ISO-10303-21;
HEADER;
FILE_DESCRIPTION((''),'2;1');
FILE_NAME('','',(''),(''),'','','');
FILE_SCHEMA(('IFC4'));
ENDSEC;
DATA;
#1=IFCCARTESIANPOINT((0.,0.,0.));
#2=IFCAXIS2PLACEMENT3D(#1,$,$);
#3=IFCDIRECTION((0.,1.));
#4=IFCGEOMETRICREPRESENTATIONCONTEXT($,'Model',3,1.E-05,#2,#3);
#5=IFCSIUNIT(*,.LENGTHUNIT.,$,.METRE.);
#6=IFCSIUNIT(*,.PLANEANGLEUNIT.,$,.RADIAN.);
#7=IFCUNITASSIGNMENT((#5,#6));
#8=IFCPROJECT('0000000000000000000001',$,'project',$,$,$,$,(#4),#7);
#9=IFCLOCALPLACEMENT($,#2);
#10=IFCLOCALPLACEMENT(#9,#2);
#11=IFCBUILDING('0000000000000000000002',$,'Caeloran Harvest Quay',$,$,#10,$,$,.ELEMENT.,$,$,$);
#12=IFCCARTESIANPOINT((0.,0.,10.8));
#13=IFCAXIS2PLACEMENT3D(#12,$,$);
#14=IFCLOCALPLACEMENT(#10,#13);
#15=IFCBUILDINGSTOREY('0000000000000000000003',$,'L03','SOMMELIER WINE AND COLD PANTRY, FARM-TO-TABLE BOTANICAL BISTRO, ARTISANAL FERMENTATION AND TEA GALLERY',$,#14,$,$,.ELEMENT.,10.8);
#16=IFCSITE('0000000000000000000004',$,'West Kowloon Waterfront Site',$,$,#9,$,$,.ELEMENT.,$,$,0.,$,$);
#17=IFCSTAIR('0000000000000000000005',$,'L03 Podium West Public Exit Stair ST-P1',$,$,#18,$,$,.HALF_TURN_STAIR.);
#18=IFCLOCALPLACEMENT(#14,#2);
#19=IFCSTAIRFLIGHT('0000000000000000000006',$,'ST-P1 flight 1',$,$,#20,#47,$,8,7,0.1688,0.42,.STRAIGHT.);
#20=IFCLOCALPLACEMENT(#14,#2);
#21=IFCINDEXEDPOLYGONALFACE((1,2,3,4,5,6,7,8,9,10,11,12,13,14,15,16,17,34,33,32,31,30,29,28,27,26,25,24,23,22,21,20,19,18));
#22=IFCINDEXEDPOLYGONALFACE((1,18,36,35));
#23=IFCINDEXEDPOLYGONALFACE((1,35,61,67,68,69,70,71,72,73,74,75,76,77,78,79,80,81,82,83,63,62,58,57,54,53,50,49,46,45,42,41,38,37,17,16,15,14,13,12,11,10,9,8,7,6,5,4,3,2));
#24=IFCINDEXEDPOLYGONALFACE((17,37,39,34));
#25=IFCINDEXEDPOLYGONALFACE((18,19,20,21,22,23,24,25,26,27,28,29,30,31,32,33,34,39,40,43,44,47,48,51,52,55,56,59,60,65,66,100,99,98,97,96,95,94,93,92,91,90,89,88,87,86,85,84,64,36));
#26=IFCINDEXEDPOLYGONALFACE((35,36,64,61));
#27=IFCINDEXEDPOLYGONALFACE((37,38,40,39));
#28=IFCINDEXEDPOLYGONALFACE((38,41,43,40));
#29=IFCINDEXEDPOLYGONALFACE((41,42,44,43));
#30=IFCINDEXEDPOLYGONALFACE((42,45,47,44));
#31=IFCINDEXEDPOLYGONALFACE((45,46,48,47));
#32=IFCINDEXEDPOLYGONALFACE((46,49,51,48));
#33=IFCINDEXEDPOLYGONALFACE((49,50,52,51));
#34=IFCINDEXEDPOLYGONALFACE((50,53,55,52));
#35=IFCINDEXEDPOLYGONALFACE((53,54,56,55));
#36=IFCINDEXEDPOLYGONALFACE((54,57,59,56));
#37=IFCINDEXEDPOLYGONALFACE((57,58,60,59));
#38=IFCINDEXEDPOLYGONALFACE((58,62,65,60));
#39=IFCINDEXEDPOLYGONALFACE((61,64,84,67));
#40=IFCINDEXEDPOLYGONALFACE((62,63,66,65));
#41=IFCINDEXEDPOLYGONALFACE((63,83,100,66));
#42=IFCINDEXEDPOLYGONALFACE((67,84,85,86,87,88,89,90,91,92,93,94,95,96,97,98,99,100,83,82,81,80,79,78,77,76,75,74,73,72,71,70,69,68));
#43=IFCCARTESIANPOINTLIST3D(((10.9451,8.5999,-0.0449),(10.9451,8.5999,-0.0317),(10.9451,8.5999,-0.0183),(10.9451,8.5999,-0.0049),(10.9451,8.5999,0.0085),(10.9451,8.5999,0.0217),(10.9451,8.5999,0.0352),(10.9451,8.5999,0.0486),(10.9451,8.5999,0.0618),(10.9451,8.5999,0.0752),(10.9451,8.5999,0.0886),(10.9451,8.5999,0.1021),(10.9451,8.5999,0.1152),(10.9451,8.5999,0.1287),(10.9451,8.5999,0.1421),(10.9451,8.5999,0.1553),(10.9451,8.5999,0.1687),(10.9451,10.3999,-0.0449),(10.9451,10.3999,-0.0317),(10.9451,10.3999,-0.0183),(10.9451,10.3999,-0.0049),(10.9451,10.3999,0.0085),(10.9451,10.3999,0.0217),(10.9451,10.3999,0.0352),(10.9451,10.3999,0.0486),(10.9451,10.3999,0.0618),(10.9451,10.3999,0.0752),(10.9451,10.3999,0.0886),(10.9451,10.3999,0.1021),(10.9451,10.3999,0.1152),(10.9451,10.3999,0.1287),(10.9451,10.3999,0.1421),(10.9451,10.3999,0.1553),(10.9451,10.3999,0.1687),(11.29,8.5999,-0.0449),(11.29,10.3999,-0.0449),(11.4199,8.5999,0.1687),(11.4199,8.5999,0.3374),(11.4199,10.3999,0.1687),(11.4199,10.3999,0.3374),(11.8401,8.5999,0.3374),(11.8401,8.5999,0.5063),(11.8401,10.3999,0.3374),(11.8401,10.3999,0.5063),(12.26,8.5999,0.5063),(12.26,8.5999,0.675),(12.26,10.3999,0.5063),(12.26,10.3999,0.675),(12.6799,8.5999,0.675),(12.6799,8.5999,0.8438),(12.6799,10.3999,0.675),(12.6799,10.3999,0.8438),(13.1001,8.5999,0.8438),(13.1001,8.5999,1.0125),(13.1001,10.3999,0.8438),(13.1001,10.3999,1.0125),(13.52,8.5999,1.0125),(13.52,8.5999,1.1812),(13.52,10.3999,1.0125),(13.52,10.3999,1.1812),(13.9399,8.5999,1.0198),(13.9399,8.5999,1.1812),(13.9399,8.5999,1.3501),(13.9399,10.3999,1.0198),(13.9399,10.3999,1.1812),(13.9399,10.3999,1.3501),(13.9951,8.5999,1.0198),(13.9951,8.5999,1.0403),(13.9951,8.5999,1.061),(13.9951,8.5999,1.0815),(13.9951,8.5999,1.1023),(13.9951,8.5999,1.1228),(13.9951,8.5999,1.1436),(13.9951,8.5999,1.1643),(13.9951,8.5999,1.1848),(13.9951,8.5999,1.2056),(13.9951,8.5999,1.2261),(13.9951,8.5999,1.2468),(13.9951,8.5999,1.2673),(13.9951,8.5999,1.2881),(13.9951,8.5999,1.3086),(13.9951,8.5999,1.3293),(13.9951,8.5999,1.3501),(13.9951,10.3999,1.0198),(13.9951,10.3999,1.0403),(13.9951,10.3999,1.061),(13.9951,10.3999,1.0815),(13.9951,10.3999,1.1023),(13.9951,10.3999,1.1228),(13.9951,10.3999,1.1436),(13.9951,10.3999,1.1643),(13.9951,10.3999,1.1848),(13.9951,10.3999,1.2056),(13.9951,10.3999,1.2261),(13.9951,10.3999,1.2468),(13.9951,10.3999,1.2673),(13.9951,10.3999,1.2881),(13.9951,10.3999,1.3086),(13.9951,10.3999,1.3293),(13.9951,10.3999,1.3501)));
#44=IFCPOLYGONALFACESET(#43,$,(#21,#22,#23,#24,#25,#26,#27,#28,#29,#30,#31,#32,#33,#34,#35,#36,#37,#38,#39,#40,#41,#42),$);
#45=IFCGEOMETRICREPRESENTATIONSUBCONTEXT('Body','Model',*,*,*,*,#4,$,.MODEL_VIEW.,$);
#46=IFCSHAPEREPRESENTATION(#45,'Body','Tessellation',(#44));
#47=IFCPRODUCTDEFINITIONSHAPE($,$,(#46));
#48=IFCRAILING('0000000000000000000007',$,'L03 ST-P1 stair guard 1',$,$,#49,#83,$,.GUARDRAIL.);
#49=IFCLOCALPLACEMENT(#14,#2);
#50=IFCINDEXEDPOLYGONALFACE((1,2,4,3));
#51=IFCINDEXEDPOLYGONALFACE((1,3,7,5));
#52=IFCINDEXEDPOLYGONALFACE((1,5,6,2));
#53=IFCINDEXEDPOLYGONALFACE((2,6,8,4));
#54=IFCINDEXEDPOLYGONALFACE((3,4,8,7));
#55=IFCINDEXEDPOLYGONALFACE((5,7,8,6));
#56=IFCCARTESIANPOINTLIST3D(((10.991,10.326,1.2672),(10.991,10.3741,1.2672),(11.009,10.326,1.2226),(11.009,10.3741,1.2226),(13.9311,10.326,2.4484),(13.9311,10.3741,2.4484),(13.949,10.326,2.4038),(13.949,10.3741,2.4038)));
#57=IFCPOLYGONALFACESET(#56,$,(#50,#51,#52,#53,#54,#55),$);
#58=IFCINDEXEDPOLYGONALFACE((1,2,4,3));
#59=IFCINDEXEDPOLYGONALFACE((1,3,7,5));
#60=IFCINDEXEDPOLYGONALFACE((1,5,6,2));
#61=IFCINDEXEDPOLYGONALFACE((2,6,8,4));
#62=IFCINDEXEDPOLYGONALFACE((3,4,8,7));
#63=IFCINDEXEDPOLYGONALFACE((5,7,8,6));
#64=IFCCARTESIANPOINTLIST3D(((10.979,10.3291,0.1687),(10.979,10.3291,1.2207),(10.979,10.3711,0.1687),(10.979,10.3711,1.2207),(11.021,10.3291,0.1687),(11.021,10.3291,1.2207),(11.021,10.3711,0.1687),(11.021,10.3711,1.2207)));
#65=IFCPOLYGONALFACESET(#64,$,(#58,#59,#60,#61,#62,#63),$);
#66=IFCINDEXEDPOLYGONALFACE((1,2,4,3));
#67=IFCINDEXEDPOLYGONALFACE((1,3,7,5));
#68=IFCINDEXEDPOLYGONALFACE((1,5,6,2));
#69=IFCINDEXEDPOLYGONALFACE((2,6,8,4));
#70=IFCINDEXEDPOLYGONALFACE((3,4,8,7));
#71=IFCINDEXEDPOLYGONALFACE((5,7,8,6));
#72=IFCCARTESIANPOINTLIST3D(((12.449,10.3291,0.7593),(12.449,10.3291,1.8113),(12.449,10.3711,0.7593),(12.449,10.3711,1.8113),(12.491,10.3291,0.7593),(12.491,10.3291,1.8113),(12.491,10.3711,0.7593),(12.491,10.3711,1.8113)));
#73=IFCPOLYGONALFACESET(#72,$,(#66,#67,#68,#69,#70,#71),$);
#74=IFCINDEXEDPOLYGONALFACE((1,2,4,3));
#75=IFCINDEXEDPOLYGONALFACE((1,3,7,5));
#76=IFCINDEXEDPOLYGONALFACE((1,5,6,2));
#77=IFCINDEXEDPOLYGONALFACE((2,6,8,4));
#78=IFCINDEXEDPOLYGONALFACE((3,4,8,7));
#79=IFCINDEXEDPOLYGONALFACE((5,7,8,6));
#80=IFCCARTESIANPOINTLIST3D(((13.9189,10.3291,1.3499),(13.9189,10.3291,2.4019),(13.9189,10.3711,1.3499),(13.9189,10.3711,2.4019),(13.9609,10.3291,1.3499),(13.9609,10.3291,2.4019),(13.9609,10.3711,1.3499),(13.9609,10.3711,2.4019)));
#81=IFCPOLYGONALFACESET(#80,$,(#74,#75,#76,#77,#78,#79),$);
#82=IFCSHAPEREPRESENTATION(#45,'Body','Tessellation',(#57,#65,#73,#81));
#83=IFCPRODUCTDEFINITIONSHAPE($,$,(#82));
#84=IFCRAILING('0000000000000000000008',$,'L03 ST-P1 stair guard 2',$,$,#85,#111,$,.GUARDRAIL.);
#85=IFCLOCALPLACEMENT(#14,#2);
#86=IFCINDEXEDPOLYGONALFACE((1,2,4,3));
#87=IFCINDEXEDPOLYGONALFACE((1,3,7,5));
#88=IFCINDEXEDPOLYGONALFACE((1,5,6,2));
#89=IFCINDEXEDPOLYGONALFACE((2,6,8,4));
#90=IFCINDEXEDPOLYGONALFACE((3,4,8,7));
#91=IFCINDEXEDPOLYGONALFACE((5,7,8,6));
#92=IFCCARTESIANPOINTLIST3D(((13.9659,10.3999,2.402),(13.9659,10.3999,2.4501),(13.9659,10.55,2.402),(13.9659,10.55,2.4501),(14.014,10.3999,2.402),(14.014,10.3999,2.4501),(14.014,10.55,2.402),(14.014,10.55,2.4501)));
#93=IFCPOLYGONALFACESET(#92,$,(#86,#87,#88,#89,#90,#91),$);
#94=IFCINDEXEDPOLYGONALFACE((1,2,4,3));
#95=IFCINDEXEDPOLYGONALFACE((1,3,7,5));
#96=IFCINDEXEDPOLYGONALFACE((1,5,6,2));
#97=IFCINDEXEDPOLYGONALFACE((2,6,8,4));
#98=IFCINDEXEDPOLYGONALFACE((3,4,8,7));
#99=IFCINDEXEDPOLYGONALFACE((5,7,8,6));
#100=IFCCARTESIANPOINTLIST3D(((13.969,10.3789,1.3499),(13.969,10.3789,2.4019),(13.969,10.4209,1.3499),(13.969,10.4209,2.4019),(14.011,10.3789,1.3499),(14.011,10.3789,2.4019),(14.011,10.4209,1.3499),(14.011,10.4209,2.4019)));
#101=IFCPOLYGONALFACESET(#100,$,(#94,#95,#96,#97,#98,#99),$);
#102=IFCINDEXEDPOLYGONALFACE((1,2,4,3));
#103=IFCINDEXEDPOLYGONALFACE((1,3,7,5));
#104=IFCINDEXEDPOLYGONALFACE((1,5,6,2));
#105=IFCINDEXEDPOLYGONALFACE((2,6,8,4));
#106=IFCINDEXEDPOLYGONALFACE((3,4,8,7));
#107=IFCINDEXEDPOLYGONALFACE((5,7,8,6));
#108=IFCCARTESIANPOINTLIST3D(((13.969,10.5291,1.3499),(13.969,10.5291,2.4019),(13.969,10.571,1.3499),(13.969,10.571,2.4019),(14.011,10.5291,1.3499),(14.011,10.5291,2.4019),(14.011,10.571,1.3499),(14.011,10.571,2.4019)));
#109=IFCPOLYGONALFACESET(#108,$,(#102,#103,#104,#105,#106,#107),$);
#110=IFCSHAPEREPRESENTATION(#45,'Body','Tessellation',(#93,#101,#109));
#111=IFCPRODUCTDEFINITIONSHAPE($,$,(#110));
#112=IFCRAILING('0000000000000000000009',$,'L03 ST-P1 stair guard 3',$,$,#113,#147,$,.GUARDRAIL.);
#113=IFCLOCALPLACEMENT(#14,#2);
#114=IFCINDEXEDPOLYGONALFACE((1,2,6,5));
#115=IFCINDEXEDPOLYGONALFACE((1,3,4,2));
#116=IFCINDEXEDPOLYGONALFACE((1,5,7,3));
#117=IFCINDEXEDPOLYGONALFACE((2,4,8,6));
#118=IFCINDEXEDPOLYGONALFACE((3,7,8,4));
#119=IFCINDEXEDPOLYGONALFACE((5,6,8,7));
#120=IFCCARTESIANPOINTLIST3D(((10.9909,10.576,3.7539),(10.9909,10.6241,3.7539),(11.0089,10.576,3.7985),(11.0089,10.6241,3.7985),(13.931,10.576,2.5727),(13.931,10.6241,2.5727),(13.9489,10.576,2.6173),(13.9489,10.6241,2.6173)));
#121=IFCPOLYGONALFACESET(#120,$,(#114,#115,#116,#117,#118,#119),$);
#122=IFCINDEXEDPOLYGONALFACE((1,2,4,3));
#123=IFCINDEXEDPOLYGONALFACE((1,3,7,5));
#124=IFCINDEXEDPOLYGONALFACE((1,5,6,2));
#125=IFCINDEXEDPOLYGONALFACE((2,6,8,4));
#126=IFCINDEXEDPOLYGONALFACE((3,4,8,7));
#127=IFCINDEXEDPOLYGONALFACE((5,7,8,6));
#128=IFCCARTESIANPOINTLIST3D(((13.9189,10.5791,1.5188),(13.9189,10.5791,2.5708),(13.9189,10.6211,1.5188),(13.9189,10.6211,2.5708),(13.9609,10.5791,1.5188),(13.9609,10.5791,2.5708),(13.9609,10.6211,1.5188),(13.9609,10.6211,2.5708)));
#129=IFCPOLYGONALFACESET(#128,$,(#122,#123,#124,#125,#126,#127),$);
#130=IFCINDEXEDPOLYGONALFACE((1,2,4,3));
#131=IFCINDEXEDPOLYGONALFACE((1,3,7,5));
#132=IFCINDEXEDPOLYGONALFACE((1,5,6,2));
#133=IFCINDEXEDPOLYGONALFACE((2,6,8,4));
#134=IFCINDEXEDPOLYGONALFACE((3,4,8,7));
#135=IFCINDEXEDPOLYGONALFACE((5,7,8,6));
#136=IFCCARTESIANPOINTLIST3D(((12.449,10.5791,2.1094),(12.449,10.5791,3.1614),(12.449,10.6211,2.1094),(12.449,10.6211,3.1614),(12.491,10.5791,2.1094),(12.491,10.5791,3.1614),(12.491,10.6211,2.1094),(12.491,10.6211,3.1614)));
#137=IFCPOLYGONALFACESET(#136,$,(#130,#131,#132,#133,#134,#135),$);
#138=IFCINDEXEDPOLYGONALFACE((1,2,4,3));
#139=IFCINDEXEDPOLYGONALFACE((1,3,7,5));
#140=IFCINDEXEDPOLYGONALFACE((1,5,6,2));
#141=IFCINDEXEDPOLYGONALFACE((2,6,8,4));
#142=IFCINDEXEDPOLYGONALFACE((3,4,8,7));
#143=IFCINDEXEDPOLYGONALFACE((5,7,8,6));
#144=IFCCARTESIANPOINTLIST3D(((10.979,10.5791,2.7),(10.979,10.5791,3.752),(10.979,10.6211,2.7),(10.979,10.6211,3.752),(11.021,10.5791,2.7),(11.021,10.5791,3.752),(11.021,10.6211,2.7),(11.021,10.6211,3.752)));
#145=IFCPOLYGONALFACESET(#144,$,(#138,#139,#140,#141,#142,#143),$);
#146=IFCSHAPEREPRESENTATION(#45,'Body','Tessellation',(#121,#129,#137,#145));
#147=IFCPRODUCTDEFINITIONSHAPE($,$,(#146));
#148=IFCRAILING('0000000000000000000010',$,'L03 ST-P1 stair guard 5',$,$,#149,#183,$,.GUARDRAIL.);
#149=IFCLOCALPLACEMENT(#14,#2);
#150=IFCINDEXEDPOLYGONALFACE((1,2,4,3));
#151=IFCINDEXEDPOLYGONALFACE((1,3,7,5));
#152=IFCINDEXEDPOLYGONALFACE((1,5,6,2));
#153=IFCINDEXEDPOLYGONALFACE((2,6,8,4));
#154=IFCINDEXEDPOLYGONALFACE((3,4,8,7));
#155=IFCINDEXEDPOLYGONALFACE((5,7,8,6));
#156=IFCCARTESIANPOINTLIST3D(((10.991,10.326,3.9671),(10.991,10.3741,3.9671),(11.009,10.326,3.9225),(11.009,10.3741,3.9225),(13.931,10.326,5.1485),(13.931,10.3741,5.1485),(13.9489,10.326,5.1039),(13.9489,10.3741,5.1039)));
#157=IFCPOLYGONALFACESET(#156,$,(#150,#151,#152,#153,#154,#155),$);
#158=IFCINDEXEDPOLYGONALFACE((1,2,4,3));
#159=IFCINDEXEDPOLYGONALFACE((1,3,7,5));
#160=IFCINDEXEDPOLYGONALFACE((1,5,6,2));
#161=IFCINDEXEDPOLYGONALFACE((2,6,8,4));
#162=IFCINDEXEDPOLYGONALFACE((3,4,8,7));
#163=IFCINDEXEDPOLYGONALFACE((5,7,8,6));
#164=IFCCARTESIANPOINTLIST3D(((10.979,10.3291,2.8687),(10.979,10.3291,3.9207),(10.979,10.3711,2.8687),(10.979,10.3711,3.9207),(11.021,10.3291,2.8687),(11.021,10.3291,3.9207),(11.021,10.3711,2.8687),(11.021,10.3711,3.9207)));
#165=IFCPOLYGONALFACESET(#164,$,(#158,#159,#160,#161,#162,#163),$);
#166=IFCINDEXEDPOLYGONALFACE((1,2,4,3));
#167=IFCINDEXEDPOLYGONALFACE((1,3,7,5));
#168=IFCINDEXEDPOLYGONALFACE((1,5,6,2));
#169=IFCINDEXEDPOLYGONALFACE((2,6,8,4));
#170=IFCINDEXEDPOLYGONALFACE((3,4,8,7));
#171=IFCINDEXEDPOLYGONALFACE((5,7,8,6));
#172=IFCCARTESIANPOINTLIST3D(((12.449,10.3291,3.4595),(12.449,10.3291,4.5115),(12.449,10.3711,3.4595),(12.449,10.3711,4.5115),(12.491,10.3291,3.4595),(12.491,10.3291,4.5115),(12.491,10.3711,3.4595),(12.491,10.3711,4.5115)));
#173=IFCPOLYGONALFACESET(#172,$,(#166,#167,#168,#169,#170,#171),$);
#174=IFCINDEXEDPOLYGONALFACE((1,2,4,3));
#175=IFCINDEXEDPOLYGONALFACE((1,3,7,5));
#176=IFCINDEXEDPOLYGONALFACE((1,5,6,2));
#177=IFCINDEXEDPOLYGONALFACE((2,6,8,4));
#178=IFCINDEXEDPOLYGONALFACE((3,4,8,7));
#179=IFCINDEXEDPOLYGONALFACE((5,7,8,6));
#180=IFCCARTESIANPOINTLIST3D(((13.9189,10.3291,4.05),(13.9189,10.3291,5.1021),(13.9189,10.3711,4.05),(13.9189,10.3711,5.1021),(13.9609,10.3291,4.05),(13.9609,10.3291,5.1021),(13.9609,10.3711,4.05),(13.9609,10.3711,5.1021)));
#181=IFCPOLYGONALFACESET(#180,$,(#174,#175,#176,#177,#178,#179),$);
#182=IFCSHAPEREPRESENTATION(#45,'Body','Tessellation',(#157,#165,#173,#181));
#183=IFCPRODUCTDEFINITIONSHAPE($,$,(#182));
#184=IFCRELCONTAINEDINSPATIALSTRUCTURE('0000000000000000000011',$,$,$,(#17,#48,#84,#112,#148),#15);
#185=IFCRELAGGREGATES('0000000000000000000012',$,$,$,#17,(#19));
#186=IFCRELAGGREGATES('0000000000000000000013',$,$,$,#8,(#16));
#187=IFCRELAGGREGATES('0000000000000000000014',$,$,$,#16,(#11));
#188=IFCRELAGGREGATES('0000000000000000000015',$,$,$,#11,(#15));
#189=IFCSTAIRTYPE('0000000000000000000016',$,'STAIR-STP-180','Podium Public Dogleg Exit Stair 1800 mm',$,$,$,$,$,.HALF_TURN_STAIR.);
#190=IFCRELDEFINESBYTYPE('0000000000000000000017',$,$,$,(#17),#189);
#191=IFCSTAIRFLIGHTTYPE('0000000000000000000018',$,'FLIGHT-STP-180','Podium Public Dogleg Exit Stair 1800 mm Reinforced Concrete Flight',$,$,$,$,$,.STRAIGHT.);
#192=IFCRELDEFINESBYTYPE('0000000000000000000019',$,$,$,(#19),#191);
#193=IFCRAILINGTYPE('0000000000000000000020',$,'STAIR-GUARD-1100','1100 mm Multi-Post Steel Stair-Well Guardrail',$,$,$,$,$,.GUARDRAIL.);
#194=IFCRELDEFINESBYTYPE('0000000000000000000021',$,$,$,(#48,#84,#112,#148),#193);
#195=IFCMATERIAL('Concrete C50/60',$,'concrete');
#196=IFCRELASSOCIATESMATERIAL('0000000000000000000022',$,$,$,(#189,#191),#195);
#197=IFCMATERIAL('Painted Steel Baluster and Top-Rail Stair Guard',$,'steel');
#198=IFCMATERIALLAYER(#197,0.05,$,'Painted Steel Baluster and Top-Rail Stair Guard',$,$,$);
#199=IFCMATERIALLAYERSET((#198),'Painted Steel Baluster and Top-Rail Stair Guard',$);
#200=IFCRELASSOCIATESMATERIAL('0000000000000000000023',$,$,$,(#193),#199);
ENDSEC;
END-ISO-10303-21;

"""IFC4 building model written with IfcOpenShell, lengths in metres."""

from ifc_helpers import new_model, si_unit, direction, frame, origin, origin_2d, place, context, subcontext, project, spatial, polyline, rectangle, outline, extrude, material, layer, layer_set, type_object, element, aggregate, save


model = new_model("IFC4")

# Units and contexts
model_context = context("Model", 3, precision=1e-05, world=origin(), true_north=direction((0.0, 1.0)))
body_context = subcontext(model_context, "Body", "Model", "MODEL_VIEW")
ifc_project = project(units=[si_unit("LENGTHUNIT", "METRE"), si_unit("PLANEANGLEUNIT", "RADIAN")], contexts=[model_context])

# Site, building, storey
site_placement = place(None, origin())
site = spatial("IfcSite", under=ifc_project, at=site_placement, Name="West Kowloon Waterfront Site", CompositionType="ELEMENT", RefElevation=0.0)
building_placement = place(site_placement, origin())
building = spatial("IfcBuilding", under=site, at=building_placement, Name="Caeloran Harvest Quay", CompositionType="ELEMENT")
storey_placement = place(building_placement, frame((0.0, 0.0, 10.8)))
storey = spatial("IfcBuildingStorey", under=building, at=storey_placement, Name="L03", Description="SOMMELIER WINE AND COLD PANTRY, FARM-TO-TABLE BOTANICAL BISTRO, ARTISANAL FERMENTATION AND TEA GALLERY", CompositionType="ELEMENT", Elevation=10.8)

# Stair, stair flight
ifc_material_1 = material(Name="Concrete C50/60", Category="concrete")
stair_type = type_object("IfcStairType", Name="STAIR-STP-180", Description="Podium Public Dogleg Exit Stair 1800 mm", PredefinedType="HALF_TURN_STAIR", material=ifc_material_1)
stair_placement = place(storey_placement, origin())
stair = element("IfcStair", 1, at=stair_placement, inside=storey, type_object=stair_type, Name="L03 Podium West Public Exit Stair ST-P1", PredefinedType="HALF_TURN_STAIR")
stair_flight_type = type_object("IfcStairFlightType", Name="FLIGHT-STP-180", Description="Podium Public Dogleg Exit Stair 1800 mm Reinforced Concrete Flight", PredefinedType="STRAIGHT", material=ifc_material_1)
stair_flight_1_placement = place(storey_placement, frame((11.0, 9.5, 0.0), z_axis=(0.0, 0.0, 1.0), x_axis=(1.0, 0.0, 0.0)))
stair_flight_1 = element("IfcStairFlight", 2, at=stair_flight_1_placement, type_object=stair_flight_type, Name="ST-P1 flight 1", NumberOfRisers=8, NumberOfTreads=7, PredefinedType="STRAIGHT", RiserHeight=0.1688, TreadLength=0.42, context=body_context, shape_type="SweptSolid", body=[
    extrude(outline(polyline([(-0.0549, -0.0449), (-0.0549, -0.0317), (-0.0549, -0.0183), (-0.0549, -0.0049), (-0.0549, 0.0085), (-0.0549, 0.0217), (-0.0549, 0.0352), (-0.0549, 0.0486), (-0.0549, 0.0618), (-0.0549, 0.0752), (-0.0549, 0.0886), (-0.0549, 0.1021), (-0.0549, 0.1152), (-0.0549, 0.1287), (-0.0549, 0.1421), (-0.0549, 0.1553), (-0.0549, 0.1687), (0.4199, 0.1687), (0.4199, 0.3374), (0.8401, 0.3374), (0.8401, 0.5063), (1.26, 0.5063), (1.26, 0.675), (1.6799, 0.675), (1.6799, 0.8438), (2.1001, 0.8438), (2.1001, 1.0125), (2.52, 1.0125), (2.52, 1.1812), (2.9399, 1.1812), (2.9399, 1.3501), (2.9951, 1.3501), (2.9951, 1.3293), (2.9951, 1.3086), (2.9951, 1.2881), (2.9951, 1.2673), (2.9951, 1.2468), (2.9951, 1.2261), (2.9951, 1.2056), (2.9951, 1.1848), (2.9951, 1.1643), (2.9951, 1.1436), (2.9951, 1.1228), (2.9951, 1.1023), (2.9951, 1.0815), (2.9951, 1.061), (2.9951, 1.0403), (2.9951, 1.0198), (2.9399, 1.0198), (0.29, -0.0449), (-0.0549, -0.0449)])), frame((0.0, 0.8999, 0.0), z_axis=(0.0, -1.0, 0.0), x_axis=(1.0, 0.0, 0.0)), (0.0, 0.0, 1.0), 1.8),
])
aggregate(stair, [stair_flight_1])

# Railings
ifc_material_2 = material(Name="Painted Steel Baluster and Top-Rail Stair Guard", Category="steel")
ifc_layer_1 = layer(ifc_material_2, 0.05, Name="Painted Steel Baluster and Top-Rail Stair Guard")
ifc_layer_set_1 = layer_set([ifc_layer_1], Name="Painted Steel Baluster and Top-Rail Stair Guard")
railing_type_1 = type_object("IfcRailingType", Name="STAIR-GUARD-1100", Description="1100 mm Multi-Post Steel Stair-Well Guardrail", PredefinedType="GUARDRAIL", material=ifc_layer_set_1)
railing_1_placement = place(storey_placement, frame((11.0, 10.3501, 0.1687)))
element("IfcRailing", 3, at=railing_1_placement, inside=storey, type_object=railing_type_1, Name="L03 ST-P1 stair guard 1", PredefinedType="GUARDRAIL", context=body_context, shape_type="SweptSolid", body=[
    extrude(rectangle(XDim=0.0481, YDim=0.0481, at=origin_2d()), frame((0.0, 0.0, 1.0762), z_axis=(0.927912, 0.0, 0.372799), x_axis=(0.0, 1.0, 0.0)), (0.0, 0.0, 1.0), 3.1685),
    extrude(rectangle(XDim=0.042, YDim=0.042, at=origin_2d()), origin(), (0.0, 0.0, 1.0), 1.052),
    extrude(rectangle(XDim=0.042, YDim=0.042, at=origin_2d()), frame((1.47, 0.0, 0.5906)), (0.0, 0.0, 1.0), 1.052),
    extrude(rectangle(XDim=0.042, YDim=0.042, at=origin_2d()), frame((2.9399, 0.0, 1.1812)), (0.0, 0.0, 1.0), 1.052),
])
railing_2_placement = place(storey_placement, frame((13.99, 10.3999, 1.3499)))
element("IfcRailing", 4, at=railing_2_placement, inside=storey, type_object=railing_type_1, Name="L03 ST-P1 stair guard 2", PredefinedType="GUARDRAIL", context=body_context, shape_type="SweptSolid", body=[
    extrude(rectangle(XDim=0.0481, YDim=0.0481, at=origin_2d()), frame((0.0, 0.0, 1.0762), z_axis=(0.0, 1.0, 0.0), x_axis=(-1.0, 0.0, 0.0)), (0.0, 0.0, 1.0), 0.1501),
    extrude(rectangle(XDim=0.042, YDim=0.042, at=origin_2d()), origin(), (0.0, 0.0, 1.0), 1.052),
    extrude(rectangle(XDim=0.042, YDim=0.042, at=origin_2d()), frame((0.0, 0.1501, 0.0)), (0.0, 0.0, 1.0), 1.052),
])
railing_3_placement = place(storey_placement, frame((13.9399, 10.6001, 1.5188)))
element("IfcRailing", 5, at=railing_3_placement, inside=storey, type_object=railing_type_1, Name="L03 ST-P1 stair guard 3", PredefinedType="GUARDRAIL", context=body_context, shape_type="SweptSolid", body=[
    extrude(rectangle(XDim=0.0481, YDim=0.0481, at=origin_2d()), frame((0.0, 0.0, 1.0762), z_axis=(-0.927912, 0.0, 0.372799), x_axis=(0.0, -1.0, 0.0)), (0.0, 0.0, 1.0), 3.1685),
    extrude(rectangle(XDim=0.042, YDim=0.042, at=origin_2d()), origin(), (0.0, 0.0, 1.0), 1.052),
    extrude(rectangle(XDim=0.042, YDim=0.042, at=origin_2d()), frame((-1.47, 0.0, 0.5906)), (0.0, 0.0, 1.0), 1.052),
    extrude(rectangle(XDim=0.042, YDim=0.042, at=origin_2d()), frame((-2.9399, 0.0, 1.1812)), (0.0, 0.0, 1.0), 1.052),
])
railing_4_placement = place(storey_placement, frame((11.0, 10.3501, 2.8687)))
element("IfcRailing", 6, at=railing_4_placement, inside=storey, type_object=railing_type_1, Name="L03 ST-P1 stair guard 5", PredefinedType="GUARDRAIL", context=body_context, shape_type="SweptSolid", body=[
    extrude(rectangle(XDim=0.0481, YDim=0.0481, at=origin_2d()), frame((0.0, 0.0, 1.0762), z_axis=(0.927886, 0.0, 0.372865), x_axis=(0.0, 1.0, 0.0)), (0.0, 0.0, 1.0), 3.1685),
    extrude(rectangle(XDim=0.042, YDim=0.042, at=origin_2d()), origin(), (0.0, 0.0, 1.0), 1.052),
    extrude(rectangle(XDim=0.042, YDim=0.042, at=origin_2d()), frame((1.47, 0.0, 0.5908)), (0.0, 0.0, 1.0), 1.052),
    extrude(rectangle(XDim=0.042, YDim=0.042, at=origin_2d()), frame((2.9399, 0.0, 1.1814)), (0.0, 0.0, 1.0), 1.052),
])

save(model, "model.ifc")
